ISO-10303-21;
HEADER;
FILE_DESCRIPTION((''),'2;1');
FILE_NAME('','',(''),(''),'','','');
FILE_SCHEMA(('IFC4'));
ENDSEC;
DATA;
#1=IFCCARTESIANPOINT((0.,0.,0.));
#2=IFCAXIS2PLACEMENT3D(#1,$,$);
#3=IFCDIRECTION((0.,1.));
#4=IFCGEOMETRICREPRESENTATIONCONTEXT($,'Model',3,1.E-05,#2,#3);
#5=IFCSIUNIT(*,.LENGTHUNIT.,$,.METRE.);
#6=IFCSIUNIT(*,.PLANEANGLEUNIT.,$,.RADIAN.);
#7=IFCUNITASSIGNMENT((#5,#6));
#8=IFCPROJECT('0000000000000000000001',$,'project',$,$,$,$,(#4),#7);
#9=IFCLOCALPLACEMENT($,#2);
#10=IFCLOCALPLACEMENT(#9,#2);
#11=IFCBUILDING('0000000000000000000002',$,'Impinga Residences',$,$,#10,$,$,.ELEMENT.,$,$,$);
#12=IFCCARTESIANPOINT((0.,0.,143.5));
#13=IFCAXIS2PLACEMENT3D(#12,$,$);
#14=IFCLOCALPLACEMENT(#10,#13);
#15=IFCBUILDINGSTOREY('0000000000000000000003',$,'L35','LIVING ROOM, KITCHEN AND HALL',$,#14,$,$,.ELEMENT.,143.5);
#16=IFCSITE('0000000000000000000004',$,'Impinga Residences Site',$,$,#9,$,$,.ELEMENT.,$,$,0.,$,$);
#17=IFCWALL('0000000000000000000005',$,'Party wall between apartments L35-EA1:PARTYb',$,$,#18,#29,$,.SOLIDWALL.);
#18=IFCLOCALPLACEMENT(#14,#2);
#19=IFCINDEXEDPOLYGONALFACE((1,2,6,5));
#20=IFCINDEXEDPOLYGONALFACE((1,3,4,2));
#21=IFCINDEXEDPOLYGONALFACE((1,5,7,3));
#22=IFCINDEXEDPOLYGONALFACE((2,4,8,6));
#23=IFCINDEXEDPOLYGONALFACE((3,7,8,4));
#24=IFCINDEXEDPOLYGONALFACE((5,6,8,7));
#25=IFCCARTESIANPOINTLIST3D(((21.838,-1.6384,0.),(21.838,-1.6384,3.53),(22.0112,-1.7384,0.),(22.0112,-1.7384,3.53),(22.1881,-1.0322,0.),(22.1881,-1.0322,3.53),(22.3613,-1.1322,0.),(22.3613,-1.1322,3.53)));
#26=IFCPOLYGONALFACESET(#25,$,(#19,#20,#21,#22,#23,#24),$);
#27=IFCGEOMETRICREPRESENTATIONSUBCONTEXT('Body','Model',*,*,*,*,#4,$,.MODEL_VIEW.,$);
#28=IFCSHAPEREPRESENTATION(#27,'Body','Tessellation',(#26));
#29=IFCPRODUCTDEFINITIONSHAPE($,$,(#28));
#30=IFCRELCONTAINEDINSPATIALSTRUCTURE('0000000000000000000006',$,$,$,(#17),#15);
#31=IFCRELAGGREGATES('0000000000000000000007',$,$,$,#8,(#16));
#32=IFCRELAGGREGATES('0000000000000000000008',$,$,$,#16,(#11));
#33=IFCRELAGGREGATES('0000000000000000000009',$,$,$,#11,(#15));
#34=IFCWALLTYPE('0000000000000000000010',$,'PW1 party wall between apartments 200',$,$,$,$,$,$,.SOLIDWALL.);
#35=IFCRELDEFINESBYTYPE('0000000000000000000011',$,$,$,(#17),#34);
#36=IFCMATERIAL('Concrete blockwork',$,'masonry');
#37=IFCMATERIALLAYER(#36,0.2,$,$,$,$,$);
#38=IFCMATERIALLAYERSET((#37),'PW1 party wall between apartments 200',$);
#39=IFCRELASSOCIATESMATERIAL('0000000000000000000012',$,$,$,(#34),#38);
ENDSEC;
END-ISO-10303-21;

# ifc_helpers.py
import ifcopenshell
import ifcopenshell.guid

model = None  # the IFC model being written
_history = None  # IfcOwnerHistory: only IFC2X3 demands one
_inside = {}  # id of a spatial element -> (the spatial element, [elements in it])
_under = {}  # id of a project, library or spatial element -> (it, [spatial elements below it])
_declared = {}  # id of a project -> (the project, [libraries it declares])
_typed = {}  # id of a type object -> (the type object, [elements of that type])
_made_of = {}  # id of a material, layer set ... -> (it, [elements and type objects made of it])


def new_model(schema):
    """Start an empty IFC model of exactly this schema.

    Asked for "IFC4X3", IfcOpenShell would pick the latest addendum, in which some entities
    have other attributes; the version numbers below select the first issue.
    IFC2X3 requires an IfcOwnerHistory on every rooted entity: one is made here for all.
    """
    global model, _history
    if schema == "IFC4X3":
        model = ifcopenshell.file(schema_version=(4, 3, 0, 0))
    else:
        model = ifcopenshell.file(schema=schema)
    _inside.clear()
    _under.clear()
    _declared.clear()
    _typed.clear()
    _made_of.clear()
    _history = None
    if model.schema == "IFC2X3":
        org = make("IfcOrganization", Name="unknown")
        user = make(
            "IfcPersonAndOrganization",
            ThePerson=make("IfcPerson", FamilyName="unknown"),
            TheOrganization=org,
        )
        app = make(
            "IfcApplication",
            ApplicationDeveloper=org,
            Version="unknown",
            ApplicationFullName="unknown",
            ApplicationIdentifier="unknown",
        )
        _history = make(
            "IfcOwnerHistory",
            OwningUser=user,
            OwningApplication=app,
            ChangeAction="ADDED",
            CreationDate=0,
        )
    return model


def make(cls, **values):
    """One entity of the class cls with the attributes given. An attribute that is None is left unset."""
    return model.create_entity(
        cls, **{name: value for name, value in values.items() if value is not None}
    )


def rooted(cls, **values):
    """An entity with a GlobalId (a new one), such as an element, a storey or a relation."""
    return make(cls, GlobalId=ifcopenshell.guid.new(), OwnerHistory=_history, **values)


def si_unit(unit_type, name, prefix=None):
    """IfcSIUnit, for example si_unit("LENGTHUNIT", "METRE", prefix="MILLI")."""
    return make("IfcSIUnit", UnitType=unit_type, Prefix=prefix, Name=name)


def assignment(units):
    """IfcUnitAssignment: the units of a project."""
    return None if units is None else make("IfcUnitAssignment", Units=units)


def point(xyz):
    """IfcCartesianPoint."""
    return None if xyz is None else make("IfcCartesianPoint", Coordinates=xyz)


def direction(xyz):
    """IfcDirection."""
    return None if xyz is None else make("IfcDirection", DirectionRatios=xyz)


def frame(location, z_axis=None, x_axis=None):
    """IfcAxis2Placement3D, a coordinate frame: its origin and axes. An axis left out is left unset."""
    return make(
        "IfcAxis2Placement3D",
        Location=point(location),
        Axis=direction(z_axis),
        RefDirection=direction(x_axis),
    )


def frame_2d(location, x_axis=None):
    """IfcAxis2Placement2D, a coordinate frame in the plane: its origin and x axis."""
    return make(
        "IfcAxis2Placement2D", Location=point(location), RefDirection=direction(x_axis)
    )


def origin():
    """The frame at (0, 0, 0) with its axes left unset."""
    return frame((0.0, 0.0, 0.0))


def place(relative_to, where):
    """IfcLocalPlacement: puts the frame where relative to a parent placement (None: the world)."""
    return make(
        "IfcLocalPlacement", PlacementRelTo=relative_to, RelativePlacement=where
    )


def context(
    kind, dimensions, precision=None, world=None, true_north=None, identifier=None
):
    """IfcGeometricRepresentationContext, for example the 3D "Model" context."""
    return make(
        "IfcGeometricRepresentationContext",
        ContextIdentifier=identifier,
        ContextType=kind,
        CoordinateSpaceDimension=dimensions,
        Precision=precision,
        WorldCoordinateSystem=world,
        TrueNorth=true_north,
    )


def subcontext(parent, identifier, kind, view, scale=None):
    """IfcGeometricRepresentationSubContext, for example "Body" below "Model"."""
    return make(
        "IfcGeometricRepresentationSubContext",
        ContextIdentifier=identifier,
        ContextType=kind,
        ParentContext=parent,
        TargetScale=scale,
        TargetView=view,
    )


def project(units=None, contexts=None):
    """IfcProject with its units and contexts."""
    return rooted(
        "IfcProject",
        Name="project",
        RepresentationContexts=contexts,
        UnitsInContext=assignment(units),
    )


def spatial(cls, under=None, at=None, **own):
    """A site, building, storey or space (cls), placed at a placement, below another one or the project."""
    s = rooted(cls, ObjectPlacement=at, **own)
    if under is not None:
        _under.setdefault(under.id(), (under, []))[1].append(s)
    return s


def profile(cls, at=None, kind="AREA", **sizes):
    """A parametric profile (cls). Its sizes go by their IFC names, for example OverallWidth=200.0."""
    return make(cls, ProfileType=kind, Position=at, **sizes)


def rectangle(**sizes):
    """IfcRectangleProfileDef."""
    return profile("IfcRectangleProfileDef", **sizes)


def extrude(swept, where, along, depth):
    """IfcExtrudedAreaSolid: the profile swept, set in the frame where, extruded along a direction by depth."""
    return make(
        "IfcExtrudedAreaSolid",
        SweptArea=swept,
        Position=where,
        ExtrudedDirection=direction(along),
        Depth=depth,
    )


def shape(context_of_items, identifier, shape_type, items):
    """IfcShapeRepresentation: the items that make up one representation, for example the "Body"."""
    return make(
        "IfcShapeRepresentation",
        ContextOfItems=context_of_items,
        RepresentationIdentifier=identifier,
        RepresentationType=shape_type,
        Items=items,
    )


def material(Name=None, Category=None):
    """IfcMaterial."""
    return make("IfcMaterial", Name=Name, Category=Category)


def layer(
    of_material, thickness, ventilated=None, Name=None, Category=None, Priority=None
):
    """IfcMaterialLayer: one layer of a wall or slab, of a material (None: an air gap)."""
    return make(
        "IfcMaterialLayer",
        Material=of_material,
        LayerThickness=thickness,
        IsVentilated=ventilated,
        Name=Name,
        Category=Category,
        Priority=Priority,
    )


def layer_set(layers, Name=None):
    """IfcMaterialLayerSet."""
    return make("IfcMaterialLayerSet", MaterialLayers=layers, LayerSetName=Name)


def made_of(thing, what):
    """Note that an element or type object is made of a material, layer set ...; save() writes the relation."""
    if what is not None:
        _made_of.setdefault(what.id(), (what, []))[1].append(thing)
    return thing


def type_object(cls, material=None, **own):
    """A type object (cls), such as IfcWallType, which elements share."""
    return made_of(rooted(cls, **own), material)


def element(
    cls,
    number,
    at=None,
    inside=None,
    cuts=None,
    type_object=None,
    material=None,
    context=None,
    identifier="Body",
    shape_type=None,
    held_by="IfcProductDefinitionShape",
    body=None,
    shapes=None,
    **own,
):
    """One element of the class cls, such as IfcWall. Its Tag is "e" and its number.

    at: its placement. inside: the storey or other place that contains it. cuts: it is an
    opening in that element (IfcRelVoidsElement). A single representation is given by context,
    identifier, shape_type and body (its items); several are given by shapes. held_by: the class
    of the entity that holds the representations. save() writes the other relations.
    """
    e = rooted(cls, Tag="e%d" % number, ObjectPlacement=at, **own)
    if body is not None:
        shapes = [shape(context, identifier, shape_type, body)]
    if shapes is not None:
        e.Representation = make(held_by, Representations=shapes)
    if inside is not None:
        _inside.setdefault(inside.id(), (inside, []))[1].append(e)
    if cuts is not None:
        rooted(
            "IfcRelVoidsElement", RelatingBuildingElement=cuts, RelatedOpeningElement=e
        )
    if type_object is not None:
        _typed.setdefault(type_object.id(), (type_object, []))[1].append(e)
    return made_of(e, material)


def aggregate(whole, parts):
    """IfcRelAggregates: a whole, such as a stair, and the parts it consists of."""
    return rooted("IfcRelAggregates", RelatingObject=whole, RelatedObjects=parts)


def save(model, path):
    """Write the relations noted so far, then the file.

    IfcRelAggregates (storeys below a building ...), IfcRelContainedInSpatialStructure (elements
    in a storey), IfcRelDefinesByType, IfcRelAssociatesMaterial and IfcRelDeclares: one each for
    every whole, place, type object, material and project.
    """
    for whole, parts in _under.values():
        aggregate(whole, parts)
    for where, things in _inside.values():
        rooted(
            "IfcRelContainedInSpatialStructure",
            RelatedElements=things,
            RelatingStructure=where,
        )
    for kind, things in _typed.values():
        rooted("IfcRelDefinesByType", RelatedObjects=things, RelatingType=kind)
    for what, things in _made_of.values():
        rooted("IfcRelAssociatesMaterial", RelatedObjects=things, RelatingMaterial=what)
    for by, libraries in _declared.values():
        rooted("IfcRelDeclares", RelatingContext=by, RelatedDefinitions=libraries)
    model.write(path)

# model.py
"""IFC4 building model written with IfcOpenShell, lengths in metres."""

from ifc_helpers import new_model, si_unit, direction, frame, frame_2d, origin, place, context, subcontext, project, spatial, rectangle, extrude, material, layer, layer_set, type_object, element, save


model = new_model("IFC4")

# Units and contexts
model_context = context("Model", 3, precision=1e-05, world=origin(), true_north=direction((0.0, 1.0)))
body_context = subcontext(model_context, "Body", "Model", "MODEL_VIEW")
ifc_project = project(units=[si_unit("LENGTHUNIT", "METRE"), si_unit("PLANEANGLEUNIT", "RADIAN")], contexts=[model_context])

# Site, building, storey
site_placement = place(None, origin())
site = spatial("IfcSite", under=ifc_project, at=site_placement, Name="Impinga Residences Site", CompositionType="ELEMENT", RefElevation=0.0)
building_placement = place(site_placement, origin())
building = spatial("IfcBuilding", under=site, at=building_placement, Name="Impinga Residences", CompositionType="ELEMENT")
storey_placement = place(building_placement, frame((0.0, 0.0, 143.5)))
storey = spatial("IfcBuildingStorey", under=building, at=storey_placement, Name="L35", Description="LIVING ROOM, KITCHEN AND HALL", CompositionType="ELEMENT", Elevation=143.5)

# Wall
ifc_material_1 = material(Name="Concrete blockwork", Category="masonry")
ifc_layer_1 = layer(ifc_material_1, 0.2)
ifc_layer_set_1 = layer_set([ifc_layer_1], Name="PW1 party wall between apartments 200")
wall_type_1 = type_object("IfcWallType", Name="PW1 party wall between apartments 200", PredefinedType="SOLIDWALL", material=ifc_layer_set_1)
wall_1_placement = place(storey_placement, frame((21.9246, -1.6885, 0.0), z_axis=(0.0, 0.0, 1.0), x_axis=(0.500115, 0.865959, 0.0)))
element("IfcWall", 1, at=wall_1_placement, inside=storey, type_object=wall_type_1, Name="Party wall between apartments L35-EA1:PARTYb", PredefinedType="SOLIDWALL", context=body_context, shape_type="SweptSolid", body=[
    extrude(rectangle(XDim=0.7, YDim=0.2, at=frame_2d((0.3501, 0.0))), origin(), (0.0, 0.0, 1.0), 3.53),
])

save(model, "model.ifc")
